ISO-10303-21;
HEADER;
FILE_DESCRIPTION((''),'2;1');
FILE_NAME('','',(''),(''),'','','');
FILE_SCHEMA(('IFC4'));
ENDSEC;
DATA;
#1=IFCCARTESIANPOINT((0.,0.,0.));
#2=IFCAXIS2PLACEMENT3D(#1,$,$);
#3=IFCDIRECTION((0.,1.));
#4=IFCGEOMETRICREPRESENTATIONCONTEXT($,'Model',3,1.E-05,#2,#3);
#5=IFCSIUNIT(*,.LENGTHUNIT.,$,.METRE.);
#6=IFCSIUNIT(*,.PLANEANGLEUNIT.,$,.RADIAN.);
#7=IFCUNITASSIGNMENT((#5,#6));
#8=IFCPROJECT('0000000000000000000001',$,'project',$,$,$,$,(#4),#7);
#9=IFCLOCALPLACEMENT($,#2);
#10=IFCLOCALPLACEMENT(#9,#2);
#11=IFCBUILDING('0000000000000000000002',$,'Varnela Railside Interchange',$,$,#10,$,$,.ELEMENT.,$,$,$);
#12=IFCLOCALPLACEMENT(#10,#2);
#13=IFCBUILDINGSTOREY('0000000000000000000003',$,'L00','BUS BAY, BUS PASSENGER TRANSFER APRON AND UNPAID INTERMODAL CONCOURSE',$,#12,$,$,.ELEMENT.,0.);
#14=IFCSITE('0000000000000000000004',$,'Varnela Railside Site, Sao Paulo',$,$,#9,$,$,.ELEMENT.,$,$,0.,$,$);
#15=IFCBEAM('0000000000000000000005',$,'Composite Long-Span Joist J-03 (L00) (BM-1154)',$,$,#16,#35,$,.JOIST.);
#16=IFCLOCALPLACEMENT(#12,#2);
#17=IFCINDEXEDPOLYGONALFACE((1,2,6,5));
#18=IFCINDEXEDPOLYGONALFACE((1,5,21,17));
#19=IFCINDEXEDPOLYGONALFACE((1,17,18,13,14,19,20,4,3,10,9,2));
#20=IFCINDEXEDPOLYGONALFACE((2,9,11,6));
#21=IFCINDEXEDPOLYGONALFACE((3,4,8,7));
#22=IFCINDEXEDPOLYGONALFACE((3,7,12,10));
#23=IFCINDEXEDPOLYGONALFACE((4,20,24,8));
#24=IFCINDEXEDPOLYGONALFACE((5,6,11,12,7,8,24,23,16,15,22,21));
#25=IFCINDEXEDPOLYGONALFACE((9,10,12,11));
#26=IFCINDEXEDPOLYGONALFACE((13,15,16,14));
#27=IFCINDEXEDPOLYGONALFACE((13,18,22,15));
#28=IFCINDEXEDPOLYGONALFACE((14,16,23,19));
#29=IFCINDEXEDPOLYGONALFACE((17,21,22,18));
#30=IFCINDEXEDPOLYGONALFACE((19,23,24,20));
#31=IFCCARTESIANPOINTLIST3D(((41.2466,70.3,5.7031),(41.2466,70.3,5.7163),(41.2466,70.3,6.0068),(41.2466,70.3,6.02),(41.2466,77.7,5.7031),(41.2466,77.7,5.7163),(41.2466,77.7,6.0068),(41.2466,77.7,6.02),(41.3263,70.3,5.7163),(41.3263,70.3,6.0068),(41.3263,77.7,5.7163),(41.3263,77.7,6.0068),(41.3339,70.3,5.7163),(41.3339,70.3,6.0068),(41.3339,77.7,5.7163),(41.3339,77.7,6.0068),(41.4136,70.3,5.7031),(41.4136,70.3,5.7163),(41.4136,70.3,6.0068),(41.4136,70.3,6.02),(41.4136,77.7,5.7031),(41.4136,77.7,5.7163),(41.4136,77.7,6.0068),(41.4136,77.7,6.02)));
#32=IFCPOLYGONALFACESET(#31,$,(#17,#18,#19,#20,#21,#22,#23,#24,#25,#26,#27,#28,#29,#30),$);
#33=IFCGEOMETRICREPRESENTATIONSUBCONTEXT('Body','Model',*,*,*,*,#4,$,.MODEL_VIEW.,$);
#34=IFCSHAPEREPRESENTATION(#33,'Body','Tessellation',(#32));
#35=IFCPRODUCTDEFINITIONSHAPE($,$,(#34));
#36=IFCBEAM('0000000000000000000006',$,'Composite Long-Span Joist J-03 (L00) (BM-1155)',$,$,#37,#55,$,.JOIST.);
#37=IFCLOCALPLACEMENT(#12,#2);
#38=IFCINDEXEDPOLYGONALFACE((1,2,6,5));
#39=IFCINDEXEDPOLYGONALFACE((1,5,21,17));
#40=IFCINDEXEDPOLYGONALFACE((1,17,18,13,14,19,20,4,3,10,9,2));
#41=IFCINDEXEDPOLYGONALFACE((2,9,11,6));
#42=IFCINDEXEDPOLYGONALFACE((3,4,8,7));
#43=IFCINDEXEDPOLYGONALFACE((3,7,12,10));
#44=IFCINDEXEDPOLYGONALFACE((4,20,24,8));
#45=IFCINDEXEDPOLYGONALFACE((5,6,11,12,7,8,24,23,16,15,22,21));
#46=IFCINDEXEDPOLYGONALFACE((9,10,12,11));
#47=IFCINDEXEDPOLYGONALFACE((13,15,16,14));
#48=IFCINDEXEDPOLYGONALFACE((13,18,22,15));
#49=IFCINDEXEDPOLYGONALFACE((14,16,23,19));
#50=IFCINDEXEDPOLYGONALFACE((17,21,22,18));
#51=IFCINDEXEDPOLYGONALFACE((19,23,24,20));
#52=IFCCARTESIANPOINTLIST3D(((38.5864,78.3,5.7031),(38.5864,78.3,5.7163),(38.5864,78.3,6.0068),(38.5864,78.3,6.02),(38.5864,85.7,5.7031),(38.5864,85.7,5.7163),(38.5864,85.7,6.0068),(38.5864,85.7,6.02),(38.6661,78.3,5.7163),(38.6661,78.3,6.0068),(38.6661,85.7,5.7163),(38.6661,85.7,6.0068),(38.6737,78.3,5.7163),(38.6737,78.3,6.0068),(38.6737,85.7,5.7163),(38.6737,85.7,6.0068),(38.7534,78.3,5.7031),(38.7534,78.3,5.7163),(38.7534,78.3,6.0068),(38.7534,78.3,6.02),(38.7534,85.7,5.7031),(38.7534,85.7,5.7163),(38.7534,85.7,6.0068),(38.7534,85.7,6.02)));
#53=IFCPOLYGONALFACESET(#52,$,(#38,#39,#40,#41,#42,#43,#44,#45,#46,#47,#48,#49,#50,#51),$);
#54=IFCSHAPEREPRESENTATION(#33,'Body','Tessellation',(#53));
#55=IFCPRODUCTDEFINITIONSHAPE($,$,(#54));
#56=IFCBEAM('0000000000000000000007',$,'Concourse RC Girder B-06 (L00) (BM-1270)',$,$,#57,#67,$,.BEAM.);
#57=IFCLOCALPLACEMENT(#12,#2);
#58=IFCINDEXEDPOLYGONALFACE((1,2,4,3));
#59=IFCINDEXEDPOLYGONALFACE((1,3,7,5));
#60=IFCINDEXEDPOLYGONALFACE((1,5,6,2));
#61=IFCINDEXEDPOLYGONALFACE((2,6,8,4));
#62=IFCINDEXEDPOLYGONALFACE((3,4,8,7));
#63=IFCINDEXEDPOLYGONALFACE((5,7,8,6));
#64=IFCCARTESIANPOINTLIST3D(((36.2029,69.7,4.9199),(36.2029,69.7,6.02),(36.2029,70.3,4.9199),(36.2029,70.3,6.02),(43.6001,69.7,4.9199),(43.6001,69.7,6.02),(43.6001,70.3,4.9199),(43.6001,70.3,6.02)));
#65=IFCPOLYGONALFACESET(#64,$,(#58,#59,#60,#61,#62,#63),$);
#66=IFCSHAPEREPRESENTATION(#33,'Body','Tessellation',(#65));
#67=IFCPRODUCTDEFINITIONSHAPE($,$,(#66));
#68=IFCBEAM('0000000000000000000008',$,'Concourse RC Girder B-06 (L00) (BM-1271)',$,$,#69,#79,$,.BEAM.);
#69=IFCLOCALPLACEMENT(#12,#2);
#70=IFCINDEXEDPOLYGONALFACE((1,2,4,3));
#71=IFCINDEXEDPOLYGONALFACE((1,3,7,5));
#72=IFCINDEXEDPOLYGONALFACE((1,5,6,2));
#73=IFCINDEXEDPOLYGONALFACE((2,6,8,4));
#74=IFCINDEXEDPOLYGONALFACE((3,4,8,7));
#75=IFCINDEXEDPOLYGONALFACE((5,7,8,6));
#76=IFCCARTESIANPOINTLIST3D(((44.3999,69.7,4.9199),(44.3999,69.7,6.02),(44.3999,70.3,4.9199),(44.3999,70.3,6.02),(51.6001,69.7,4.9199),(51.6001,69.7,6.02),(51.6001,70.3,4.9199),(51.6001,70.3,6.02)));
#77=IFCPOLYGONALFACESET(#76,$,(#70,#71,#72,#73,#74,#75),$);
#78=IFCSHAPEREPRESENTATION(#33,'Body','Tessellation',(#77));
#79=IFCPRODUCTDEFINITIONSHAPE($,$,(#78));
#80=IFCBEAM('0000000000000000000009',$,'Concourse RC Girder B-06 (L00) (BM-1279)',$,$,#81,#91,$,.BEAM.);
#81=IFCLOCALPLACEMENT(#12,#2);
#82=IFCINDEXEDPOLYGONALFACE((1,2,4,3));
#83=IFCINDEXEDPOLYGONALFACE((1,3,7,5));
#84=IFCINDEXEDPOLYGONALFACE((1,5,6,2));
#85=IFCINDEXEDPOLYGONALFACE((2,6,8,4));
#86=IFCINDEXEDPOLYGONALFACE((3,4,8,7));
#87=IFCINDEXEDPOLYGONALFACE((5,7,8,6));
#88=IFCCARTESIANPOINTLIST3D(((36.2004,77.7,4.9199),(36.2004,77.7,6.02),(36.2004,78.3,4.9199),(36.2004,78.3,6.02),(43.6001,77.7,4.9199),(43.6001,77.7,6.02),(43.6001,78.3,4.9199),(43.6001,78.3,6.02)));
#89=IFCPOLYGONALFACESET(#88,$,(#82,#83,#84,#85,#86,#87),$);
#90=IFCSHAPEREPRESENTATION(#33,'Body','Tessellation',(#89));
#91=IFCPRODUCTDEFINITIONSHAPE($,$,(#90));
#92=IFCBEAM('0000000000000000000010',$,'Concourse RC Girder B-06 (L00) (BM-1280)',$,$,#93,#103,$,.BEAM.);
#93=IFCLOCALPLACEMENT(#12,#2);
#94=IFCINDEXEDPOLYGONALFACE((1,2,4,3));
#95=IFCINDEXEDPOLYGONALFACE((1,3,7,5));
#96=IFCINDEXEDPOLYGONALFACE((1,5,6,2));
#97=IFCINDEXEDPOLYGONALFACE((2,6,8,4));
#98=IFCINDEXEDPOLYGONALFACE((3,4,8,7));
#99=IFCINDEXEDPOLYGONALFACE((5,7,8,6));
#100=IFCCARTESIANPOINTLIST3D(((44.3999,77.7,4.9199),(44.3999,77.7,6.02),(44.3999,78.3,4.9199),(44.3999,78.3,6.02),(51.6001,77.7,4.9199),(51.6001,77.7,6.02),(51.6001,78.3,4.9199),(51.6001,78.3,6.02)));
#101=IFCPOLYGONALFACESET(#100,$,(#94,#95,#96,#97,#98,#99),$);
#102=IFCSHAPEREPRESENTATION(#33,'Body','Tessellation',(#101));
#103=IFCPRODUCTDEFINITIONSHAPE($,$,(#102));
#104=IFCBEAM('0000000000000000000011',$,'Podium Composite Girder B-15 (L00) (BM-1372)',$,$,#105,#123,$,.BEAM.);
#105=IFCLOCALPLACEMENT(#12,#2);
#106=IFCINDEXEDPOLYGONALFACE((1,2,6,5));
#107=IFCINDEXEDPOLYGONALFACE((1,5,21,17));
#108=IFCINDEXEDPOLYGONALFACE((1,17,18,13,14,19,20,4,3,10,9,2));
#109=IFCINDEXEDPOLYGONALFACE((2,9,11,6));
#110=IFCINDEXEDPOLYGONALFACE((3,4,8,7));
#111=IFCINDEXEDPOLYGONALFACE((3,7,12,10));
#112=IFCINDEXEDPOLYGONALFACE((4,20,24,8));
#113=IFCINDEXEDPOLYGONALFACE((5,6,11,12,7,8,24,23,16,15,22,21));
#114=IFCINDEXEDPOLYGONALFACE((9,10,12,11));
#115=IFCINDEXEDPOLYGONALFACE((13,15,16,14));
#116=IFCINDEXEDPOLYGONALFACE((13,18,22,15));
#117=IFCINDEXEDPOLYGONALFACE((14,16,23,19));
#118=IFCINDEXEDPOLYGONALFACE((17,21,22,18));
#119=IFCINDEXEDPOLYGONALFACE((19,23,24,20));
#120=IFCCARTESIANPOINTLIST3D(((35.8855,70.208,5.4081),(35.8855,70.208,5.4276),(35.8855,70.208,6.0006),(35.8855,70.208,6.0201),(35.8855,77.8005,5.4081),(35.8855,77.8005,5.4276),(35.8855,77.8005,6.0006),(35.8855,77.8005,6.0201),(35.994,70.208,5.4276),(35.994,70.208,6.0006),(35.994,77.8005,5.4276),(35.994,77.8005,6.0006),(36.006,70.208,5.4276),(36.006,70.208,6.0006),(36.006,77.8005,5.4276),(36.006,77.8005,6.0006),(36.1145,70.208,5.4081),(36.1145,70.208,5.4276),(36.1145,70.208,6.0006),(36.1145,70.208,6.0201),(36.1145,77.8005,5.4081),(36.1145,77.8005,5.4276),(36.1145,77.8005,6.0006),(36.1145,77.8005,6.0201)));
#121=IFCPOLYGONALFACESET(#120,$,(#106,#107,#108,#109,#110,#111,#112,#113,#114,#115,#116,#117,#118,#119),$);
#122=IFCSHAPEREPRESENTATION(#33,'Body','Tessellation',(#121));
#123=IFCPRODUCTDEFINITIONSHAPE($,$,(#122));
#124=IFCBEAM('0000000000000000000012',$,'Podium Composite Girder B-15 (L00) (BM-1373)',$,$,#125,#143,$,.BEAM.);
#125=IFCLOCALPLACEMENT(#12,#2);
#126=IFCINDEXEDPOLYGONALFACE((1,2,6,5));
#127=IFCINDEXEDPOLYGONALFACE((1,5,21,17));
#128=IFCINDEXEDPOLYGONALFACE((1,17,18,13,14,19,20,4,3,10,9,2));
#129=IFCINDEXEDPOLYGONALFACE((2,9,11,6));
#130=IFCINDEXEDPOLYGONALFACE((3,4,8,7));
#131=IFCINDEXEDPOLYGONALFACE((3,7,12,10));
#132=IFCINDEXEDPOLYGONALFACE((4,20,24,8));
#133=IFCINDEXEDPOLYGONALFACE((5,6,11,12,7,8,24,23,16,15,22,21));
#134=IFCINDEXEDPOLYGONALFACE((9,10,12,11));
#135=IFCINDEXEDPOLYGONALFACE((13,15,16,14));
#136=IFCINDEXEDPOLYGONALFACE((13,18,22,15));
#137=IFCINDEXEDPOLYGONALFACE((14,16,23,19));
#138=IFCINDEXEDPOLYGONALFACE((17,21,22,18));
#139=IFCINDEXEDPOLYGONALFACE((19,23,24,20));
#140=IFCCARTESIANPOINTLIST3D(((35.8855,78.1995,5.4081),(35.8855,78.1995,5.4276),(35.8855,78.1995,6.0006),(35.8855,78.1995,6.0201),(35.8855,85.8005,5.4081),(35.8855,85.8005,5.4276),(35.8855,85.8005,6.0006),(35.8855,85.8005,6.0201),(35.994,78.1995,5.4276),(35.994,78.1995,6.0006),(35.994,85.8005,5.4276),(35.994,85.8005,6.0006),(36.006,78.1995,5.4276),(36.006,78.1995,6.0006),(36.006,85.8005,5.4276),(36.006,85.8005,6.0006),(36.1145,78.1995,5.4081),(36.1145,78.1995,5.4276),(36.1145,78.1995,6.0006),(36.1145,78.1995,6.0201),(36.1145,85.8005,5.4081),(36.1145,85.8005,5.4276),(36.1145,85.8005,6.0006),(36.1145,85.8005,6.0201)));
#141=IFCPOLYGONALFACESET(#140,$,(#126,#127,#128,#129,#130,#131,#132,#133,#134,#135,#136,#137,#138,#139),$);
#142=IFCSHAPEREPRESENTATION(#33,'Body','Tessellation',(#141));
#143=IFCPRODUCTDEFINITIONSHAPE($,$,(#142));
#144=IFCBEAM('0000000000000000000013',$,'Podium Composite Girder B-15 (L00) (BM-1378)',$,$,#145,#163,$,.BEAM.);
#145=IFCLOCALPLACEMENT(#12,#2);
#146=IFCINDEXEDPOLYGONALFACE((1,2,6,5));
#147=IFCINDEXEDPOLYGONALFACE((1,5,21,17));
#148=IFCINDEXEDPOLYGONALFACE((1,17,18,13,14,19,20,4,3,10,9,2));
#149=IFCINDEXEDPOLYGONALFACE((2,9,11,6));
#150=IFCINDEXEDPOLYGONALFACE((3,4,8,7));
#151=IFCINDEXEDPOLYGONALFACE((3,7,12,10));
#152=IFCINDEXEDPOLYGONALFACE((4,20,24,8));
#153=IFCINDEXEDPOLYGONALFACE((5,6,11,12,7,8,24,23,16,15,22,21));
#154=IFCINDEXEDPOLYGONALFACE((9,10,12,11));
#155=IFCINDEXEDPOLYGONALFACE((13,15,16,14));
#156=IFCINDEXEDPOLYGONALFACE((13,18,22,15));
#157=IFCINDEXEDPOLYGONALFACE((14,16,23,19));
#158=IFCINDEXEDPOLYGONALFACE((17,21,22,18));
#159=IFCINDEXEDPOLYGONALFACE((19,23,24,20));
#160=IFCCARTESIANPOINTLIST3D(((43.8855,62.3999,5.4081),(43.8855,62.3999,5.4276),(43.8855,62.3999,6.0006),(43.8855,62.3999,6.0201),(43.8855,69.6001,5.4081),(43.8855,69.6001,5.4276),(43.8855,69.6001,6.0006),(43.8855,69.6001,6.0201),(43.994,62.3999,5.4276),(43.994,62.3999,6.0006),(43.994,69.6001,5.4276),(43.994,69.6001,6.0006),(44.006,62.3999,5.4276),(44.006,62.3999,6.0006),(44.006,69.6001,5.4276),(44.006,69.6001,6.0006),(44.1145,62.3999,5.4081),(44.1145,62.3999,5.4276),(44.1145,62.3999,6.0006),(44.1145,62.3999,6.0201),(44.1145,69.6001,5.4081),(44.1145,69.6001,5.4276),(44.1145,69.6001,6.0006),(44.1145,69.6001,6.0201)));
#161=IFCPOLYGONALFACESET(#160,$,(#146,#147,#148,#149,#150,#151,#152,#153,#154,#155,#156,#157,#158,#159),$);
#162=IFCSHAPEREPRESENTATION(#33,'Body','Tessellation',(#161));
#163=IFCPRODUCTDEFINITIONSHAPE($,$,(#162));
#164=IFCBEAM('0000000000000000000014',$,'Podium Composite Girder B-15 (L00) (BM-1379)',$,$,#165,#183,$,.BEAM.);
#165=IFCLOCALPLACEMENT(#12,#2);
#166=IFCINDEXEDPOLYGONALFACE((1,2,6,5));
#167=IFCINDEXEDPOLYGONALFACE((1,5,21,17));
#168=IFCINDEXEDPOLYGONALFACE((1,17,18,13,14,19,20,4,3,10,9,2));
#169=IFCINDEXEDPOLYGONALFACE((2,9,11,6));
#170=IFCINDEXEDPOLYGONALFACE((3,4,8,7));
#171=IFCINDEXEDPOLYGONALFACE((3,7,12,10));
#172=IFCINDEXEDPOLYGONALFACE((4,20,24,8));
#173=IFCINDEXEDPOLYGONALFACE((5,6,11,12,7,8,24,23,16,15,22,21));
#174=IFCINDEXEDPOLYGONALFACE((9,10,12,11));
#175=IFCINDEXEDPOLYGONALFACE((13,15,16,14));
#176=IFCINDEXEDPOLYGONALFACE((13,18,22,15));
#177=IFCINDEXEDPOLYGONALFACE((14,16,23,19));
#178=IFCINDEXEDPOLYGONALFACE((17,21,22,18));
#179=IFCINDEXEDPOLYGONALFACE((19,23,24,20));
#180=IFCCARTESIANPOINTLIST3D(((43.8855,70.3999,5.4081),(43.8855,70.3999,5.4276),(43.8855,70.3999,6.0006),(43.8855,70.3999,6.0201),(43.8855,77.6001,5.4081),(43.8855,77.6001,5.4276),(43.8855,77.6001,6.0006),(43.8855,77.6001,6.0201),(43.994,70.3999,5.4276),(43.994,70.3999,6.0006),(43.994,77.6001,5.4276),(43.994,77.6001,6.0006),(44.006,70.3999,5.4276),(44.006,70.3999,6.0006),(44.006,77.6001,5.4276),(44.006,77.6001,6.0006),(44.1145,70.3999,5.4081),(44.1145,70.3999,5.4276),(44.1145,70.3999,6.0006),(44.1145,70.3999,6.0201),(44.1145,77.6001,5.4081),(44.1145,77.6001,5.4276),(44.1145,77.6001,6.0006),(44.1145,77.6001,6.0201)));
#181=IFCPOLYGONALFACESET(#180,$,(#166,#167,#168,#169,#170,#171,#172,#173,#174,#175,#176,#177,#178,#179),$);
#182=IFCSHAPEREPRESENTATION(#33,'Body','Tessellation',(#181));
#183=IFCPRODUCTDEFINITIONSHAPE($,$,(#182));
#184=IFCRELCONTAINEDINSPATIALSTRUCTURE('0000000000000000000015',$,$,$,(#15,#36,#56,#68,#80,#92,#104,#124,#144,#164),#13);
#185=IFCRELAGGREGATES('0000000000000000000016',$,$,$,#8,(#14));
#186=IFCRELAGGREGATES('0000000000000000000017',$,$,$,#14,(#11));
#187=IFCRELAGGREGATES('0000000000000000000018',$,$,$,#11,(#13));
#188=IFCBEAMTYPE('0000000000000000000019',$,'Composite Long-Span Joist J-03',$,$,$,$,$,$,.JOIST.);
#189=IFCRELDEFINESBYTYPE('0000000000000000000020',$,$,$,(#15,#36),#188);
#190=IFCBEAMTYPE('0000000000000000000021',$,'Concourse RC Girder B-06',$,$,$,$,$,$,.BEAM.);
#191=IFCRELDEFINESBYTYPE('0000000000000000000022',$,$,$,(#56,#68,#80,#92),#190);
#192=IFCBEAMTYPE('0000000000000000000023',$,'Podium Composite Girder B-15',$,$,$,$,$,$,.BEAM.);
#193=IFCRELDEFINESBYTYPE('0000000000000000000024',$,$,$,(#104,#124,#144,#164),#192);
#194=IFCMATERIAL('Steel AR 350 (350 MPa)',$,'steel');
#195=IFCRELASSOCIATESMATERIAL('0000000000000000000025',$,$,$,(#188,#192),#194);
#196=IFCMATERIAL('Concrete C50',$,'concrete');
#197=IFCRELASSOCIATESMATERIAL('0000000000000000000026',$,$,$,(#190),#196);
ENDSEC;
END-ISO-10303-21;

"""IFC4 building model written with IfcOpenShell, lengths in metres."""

from ifc_helpers import new_model, si_unit, direction, frame, origin, origin_2d, place, context, subcontext, project, spatial, rectangle, i_section, extrude, material, material_profile, profile_set, type_object, element, save


model = new_model("IFC4")

# Units and contexts
model_context = context("Model", 3, precision=1e-05, world=origin(), true_north=direction((0.0, 1.0)))
body_context = subcontext(model_context, "Body", "Model", "MODEL_VIEW")
ifc_project = project(units=[si_unit("LENGTHUNIT", "METRE"), si_unit("PLANEANGLEUNIT", "RADIAN")], contexts=[model_context])

# Site, building, storey
site_placement = place(None, origin())
site = spatial("IfcSite", under=ifc_project, at=site_placement, Name="Varnela Railside Site, Sao Paulo", CompositionType="ELEMENT", RefElevation=0.0)
building_placement = place(site_placement, origin())
building = spatial("IfcBuilding", under=site, at=building_placement, Name="Varnela Railside Interchange", CompositionType="ELEMENT")
storey_placement = place(building_placement, origin())
storey = spatial("IfcBuildingStorey", under=building, at=storey_placement, Name="L00", Description="BUS BAY, BUS PASSENGER TRANSFER APRON AND UNPAID INTERMODAL CONCOURSE", CompositionType="ELEMENT", Elevation=0.0)

# Shared definitions
ifc_material_1 = material(Name="Concrete C50", Category="concrete")
ifc_material_2 = material(Name="Steel AR 350 (350 MPa)", Category="steel")

# Beams
ifc_material_profile_1 = material_profile(ifc_material_2, i_section(OverallWidth=0.167, OverallDepth=0.3169, WebThickness=0.0076, FlangeThickness=0.0132, at=origin_2d()), Name="W310x52")
ifc_profile_set_1 = profile_set([ifc_material_profile_1], Name="Steel AR 350 (350 MPa)")
beam_type_1 = type_object("IfcBeamType", Name="Composite Long-Span Joist J-03", PredefinedType="JOIST", material=ifc_profile_set_1)
for number, where, z_axis, x_axis, name in (
    (1, (41.3301, 70.3, 5.8616), (0.0, 1.0, 0.0), (-1.0, 0.0, 0.0), "Composite Long-Span Joist J-03 (L00) (BM-1154)"),
    (2, (38.6699, 78.3, 5.8616), (0.0, 1.0, 0.0), (-1.0, 0.0, 0.0), "Composite Long-Span Joist J-03 (L00) (BM-1155)"),
):
    element("IfcBeam", number, at=place(storey_placement, frame(where, z_axis=z_axis, x_axis=x_axis)), inside=storey, type_object=beam_type_1, Name=name, PredefinedType="JOIST", context=body_context, shape_type="SweptSolid", body=[
        extrude(i_section(OverallWidth=0.167, OverallDepth=0.3169, WebThickness=0.0076, FlangeThickness=0.0132, at=origin_2d()), origin(), (0.0, 0.0, 1.0), 7.3999),
    ])
ifc_material_profile_2 = material_profile(ifc_material_1, rectangle(XDim=0.6001, YDim=1.1001, at=origin_2d()), Name="RC 600x1100")
ifc_profile_set_2 = profile_set([ifc_material_profile_2], Name="Concrete C50")
beam_type_2 = type_object("IfcBeamType", Name="Concourse RC Girder B-06", PredefinedType="BEAM", material=ifc_profile_set_2)
beam_1_placement = place(storey_placement, frame((36.2029, 70.0, 5.47), z_axis=(1.0, 0.0, 0.0), x_axis=(0.0, 1.0, 0.0)))
element("IfcBeam", 3, at=beam_1_placement, inside=storey, type_object=beam_type_2, Name="Concourse RC Girder B-06 (L00) (BM-1270)", PredefinedType="BEAM", context=body_context, shape_type="SweptSolid", body=[
    extrude(rectangle(XDim=0.6001, YDim=1.1001, at=origin_2d()), origin(), (0.0, 0.0, 1.0), 7.3972),
])
beam_2_placement = place(storey_placement, frame((44.3999, 70.0, 5.47), z_axis=(1.0, 0.0, 0.0), x_axis=(0.0, 1.0, 0.0)))
element("IfcBeam", 4, at=beam_2_placement, inside=storey, type_object=beam_type_2, Name="Concourse RC Girder B-06 (L00) (BM-1271)", PredefinedType="BEAM", context=body_context, shape_type="SweptSolid", body=[
    extrude(rectangle(XDim=0.6001, YDim=1.1001, at=origin_2d()), origin(), (0.0, 0.0, 1.0), 7.2002),
])
beam_3_placement = place(storey_placement, frame((36.2004, 78.0, 5.47), z_axis=(1.0, 0.0, 0.0), x_axis=(0.0, 1.0, 0.0)))
element("IfcBeam", 5, at=beam_3_placement, inside=storey, type_object=beam_type_2, Name="Concourse RC Girder B-06 (L00) (BM-1279)", PredefinedType="BEAM", context=body_context, shape_type="SweptSolid", body=[
    extrude(rectangle(XDim=0.6001, YDim=1.1001, at=origin_2d()), origin(), (0.0, 0.0, 1.0), 7.3997),
])
beam_4_placement = place(storey_placement, frame((44.3999, 78.0, 5.47), z_axis=(1.0, 0.0, 0.0), x_axis=(0.0, 1.0, 0.0)))
element("IfcBeam", 6, at=beam_4_placement, inside=storey, type_object=beam_type_2, Name="Concourse RC Girder B-06 (L00) (BM-1280)", PredefinedType="BEAM", context=body_context, shape_type="SweptSolid", body=[
    extrude(rectangle(XDim=0.6001, YDim=1.1001, at=origin_2d()), origin(), (0.0, 0.0, 1.0), 7.2002),
])
ifc_material_profile_3 = material_profile(ifc_material_2, i_section(OverallWidth=0.229, OverallDepth=0.6121, WebThickness=0.012, FlangeThickness=0.0195, at=origin_2d()), Name="W610x125")
ifc_profile_set_3 = profile_set([ifc_material_profile_3], Name="Steel AR 350 (350 MPa)")
beam_type_3 = type_object("IfcBeamType", Name="Podium Composite Girder B-15", PredefinedType="BEAM", material=ifc_profile_set_3)
beam_5_placement = place(storey_placement, frame((36.0, 70.208, 5.7141), z_axis=(0.0, 1.0, 0.0), x_axis=(-1.0, 0.0, 0.0)))
element("IfcBeam", 7, at=beam_5_placement, inside=storey, type_object=beam_type_3, Name="Podium Composite Girder B-15 (L00) (BM-1372)", PredefinedType="BEAM", context=body_context, shape_type="SweptSolid", body=[
    extrude(i_section(OverallWidth=0.229, OverallDepth=0.6121, WebThickness=0.012, FlangeThickness=0.0195, at=origin_2d()), origin(), (0.0, 0.0, 1.0), 7.5925),
])
beam_6_placement = place(storey_placement, frame((36.0, 78.1995, 5.7141), z_axis=(0.0, 1.0, 0.0), x_axis=(-1.0, 0.0, 0.0)))
element("IfcBeam", 8, at=beam_6_placement, inside=storey, type_object=beam_type_3, Name="Podium Composite Girder B-15 (L00) (BM-1373)", PredefinedType="BEAM", context=body_context, shape_type="SweptSolid", body=[
    extrude(i_section(OverallWidth=0.229, OverallDepth=0.6121, WebThickness=0.012, FlangeThickness=0.0195, at=origin_2d()), origin(), (0.0, 0.0, 1.0), 7.6011),
])
for number, where, z_axis, x_axis, name in (
    (9, (44.0, 62.3999, 5.7141), (0.0, 1.0, 0.0), (-1.0, 0.0, 0.0), "Podium Composite Girder B-15 (L00) (BM-1378)"),
    (10, (44.0, 70.3999, 5.7141), (0.0, 1.0, 0.0), (-1.0, 0.0, 0.0), "Podium Composite Girder B-15 (L00) (BM-1379)"),
):
    element("IfcBeam", number, at=place(storey_placement, frame(where, z_axis=z_axis, x_axis=x_axis)), inside=storey, type_object=beam_type_3, Name=name, PredefinedType="BEAM", context=body_context, shape_type="SweptSolid", body=[
        extrude(i_section(OverallWidth=0.229, OverallDepth=0.6121, WebThickness=0.012, FlangeThickness=0.0195, at=origin_2d()), origin(), (0.0, 0.0, 1.0), 7.2002),
    ])

save(model, "model.ifc")
